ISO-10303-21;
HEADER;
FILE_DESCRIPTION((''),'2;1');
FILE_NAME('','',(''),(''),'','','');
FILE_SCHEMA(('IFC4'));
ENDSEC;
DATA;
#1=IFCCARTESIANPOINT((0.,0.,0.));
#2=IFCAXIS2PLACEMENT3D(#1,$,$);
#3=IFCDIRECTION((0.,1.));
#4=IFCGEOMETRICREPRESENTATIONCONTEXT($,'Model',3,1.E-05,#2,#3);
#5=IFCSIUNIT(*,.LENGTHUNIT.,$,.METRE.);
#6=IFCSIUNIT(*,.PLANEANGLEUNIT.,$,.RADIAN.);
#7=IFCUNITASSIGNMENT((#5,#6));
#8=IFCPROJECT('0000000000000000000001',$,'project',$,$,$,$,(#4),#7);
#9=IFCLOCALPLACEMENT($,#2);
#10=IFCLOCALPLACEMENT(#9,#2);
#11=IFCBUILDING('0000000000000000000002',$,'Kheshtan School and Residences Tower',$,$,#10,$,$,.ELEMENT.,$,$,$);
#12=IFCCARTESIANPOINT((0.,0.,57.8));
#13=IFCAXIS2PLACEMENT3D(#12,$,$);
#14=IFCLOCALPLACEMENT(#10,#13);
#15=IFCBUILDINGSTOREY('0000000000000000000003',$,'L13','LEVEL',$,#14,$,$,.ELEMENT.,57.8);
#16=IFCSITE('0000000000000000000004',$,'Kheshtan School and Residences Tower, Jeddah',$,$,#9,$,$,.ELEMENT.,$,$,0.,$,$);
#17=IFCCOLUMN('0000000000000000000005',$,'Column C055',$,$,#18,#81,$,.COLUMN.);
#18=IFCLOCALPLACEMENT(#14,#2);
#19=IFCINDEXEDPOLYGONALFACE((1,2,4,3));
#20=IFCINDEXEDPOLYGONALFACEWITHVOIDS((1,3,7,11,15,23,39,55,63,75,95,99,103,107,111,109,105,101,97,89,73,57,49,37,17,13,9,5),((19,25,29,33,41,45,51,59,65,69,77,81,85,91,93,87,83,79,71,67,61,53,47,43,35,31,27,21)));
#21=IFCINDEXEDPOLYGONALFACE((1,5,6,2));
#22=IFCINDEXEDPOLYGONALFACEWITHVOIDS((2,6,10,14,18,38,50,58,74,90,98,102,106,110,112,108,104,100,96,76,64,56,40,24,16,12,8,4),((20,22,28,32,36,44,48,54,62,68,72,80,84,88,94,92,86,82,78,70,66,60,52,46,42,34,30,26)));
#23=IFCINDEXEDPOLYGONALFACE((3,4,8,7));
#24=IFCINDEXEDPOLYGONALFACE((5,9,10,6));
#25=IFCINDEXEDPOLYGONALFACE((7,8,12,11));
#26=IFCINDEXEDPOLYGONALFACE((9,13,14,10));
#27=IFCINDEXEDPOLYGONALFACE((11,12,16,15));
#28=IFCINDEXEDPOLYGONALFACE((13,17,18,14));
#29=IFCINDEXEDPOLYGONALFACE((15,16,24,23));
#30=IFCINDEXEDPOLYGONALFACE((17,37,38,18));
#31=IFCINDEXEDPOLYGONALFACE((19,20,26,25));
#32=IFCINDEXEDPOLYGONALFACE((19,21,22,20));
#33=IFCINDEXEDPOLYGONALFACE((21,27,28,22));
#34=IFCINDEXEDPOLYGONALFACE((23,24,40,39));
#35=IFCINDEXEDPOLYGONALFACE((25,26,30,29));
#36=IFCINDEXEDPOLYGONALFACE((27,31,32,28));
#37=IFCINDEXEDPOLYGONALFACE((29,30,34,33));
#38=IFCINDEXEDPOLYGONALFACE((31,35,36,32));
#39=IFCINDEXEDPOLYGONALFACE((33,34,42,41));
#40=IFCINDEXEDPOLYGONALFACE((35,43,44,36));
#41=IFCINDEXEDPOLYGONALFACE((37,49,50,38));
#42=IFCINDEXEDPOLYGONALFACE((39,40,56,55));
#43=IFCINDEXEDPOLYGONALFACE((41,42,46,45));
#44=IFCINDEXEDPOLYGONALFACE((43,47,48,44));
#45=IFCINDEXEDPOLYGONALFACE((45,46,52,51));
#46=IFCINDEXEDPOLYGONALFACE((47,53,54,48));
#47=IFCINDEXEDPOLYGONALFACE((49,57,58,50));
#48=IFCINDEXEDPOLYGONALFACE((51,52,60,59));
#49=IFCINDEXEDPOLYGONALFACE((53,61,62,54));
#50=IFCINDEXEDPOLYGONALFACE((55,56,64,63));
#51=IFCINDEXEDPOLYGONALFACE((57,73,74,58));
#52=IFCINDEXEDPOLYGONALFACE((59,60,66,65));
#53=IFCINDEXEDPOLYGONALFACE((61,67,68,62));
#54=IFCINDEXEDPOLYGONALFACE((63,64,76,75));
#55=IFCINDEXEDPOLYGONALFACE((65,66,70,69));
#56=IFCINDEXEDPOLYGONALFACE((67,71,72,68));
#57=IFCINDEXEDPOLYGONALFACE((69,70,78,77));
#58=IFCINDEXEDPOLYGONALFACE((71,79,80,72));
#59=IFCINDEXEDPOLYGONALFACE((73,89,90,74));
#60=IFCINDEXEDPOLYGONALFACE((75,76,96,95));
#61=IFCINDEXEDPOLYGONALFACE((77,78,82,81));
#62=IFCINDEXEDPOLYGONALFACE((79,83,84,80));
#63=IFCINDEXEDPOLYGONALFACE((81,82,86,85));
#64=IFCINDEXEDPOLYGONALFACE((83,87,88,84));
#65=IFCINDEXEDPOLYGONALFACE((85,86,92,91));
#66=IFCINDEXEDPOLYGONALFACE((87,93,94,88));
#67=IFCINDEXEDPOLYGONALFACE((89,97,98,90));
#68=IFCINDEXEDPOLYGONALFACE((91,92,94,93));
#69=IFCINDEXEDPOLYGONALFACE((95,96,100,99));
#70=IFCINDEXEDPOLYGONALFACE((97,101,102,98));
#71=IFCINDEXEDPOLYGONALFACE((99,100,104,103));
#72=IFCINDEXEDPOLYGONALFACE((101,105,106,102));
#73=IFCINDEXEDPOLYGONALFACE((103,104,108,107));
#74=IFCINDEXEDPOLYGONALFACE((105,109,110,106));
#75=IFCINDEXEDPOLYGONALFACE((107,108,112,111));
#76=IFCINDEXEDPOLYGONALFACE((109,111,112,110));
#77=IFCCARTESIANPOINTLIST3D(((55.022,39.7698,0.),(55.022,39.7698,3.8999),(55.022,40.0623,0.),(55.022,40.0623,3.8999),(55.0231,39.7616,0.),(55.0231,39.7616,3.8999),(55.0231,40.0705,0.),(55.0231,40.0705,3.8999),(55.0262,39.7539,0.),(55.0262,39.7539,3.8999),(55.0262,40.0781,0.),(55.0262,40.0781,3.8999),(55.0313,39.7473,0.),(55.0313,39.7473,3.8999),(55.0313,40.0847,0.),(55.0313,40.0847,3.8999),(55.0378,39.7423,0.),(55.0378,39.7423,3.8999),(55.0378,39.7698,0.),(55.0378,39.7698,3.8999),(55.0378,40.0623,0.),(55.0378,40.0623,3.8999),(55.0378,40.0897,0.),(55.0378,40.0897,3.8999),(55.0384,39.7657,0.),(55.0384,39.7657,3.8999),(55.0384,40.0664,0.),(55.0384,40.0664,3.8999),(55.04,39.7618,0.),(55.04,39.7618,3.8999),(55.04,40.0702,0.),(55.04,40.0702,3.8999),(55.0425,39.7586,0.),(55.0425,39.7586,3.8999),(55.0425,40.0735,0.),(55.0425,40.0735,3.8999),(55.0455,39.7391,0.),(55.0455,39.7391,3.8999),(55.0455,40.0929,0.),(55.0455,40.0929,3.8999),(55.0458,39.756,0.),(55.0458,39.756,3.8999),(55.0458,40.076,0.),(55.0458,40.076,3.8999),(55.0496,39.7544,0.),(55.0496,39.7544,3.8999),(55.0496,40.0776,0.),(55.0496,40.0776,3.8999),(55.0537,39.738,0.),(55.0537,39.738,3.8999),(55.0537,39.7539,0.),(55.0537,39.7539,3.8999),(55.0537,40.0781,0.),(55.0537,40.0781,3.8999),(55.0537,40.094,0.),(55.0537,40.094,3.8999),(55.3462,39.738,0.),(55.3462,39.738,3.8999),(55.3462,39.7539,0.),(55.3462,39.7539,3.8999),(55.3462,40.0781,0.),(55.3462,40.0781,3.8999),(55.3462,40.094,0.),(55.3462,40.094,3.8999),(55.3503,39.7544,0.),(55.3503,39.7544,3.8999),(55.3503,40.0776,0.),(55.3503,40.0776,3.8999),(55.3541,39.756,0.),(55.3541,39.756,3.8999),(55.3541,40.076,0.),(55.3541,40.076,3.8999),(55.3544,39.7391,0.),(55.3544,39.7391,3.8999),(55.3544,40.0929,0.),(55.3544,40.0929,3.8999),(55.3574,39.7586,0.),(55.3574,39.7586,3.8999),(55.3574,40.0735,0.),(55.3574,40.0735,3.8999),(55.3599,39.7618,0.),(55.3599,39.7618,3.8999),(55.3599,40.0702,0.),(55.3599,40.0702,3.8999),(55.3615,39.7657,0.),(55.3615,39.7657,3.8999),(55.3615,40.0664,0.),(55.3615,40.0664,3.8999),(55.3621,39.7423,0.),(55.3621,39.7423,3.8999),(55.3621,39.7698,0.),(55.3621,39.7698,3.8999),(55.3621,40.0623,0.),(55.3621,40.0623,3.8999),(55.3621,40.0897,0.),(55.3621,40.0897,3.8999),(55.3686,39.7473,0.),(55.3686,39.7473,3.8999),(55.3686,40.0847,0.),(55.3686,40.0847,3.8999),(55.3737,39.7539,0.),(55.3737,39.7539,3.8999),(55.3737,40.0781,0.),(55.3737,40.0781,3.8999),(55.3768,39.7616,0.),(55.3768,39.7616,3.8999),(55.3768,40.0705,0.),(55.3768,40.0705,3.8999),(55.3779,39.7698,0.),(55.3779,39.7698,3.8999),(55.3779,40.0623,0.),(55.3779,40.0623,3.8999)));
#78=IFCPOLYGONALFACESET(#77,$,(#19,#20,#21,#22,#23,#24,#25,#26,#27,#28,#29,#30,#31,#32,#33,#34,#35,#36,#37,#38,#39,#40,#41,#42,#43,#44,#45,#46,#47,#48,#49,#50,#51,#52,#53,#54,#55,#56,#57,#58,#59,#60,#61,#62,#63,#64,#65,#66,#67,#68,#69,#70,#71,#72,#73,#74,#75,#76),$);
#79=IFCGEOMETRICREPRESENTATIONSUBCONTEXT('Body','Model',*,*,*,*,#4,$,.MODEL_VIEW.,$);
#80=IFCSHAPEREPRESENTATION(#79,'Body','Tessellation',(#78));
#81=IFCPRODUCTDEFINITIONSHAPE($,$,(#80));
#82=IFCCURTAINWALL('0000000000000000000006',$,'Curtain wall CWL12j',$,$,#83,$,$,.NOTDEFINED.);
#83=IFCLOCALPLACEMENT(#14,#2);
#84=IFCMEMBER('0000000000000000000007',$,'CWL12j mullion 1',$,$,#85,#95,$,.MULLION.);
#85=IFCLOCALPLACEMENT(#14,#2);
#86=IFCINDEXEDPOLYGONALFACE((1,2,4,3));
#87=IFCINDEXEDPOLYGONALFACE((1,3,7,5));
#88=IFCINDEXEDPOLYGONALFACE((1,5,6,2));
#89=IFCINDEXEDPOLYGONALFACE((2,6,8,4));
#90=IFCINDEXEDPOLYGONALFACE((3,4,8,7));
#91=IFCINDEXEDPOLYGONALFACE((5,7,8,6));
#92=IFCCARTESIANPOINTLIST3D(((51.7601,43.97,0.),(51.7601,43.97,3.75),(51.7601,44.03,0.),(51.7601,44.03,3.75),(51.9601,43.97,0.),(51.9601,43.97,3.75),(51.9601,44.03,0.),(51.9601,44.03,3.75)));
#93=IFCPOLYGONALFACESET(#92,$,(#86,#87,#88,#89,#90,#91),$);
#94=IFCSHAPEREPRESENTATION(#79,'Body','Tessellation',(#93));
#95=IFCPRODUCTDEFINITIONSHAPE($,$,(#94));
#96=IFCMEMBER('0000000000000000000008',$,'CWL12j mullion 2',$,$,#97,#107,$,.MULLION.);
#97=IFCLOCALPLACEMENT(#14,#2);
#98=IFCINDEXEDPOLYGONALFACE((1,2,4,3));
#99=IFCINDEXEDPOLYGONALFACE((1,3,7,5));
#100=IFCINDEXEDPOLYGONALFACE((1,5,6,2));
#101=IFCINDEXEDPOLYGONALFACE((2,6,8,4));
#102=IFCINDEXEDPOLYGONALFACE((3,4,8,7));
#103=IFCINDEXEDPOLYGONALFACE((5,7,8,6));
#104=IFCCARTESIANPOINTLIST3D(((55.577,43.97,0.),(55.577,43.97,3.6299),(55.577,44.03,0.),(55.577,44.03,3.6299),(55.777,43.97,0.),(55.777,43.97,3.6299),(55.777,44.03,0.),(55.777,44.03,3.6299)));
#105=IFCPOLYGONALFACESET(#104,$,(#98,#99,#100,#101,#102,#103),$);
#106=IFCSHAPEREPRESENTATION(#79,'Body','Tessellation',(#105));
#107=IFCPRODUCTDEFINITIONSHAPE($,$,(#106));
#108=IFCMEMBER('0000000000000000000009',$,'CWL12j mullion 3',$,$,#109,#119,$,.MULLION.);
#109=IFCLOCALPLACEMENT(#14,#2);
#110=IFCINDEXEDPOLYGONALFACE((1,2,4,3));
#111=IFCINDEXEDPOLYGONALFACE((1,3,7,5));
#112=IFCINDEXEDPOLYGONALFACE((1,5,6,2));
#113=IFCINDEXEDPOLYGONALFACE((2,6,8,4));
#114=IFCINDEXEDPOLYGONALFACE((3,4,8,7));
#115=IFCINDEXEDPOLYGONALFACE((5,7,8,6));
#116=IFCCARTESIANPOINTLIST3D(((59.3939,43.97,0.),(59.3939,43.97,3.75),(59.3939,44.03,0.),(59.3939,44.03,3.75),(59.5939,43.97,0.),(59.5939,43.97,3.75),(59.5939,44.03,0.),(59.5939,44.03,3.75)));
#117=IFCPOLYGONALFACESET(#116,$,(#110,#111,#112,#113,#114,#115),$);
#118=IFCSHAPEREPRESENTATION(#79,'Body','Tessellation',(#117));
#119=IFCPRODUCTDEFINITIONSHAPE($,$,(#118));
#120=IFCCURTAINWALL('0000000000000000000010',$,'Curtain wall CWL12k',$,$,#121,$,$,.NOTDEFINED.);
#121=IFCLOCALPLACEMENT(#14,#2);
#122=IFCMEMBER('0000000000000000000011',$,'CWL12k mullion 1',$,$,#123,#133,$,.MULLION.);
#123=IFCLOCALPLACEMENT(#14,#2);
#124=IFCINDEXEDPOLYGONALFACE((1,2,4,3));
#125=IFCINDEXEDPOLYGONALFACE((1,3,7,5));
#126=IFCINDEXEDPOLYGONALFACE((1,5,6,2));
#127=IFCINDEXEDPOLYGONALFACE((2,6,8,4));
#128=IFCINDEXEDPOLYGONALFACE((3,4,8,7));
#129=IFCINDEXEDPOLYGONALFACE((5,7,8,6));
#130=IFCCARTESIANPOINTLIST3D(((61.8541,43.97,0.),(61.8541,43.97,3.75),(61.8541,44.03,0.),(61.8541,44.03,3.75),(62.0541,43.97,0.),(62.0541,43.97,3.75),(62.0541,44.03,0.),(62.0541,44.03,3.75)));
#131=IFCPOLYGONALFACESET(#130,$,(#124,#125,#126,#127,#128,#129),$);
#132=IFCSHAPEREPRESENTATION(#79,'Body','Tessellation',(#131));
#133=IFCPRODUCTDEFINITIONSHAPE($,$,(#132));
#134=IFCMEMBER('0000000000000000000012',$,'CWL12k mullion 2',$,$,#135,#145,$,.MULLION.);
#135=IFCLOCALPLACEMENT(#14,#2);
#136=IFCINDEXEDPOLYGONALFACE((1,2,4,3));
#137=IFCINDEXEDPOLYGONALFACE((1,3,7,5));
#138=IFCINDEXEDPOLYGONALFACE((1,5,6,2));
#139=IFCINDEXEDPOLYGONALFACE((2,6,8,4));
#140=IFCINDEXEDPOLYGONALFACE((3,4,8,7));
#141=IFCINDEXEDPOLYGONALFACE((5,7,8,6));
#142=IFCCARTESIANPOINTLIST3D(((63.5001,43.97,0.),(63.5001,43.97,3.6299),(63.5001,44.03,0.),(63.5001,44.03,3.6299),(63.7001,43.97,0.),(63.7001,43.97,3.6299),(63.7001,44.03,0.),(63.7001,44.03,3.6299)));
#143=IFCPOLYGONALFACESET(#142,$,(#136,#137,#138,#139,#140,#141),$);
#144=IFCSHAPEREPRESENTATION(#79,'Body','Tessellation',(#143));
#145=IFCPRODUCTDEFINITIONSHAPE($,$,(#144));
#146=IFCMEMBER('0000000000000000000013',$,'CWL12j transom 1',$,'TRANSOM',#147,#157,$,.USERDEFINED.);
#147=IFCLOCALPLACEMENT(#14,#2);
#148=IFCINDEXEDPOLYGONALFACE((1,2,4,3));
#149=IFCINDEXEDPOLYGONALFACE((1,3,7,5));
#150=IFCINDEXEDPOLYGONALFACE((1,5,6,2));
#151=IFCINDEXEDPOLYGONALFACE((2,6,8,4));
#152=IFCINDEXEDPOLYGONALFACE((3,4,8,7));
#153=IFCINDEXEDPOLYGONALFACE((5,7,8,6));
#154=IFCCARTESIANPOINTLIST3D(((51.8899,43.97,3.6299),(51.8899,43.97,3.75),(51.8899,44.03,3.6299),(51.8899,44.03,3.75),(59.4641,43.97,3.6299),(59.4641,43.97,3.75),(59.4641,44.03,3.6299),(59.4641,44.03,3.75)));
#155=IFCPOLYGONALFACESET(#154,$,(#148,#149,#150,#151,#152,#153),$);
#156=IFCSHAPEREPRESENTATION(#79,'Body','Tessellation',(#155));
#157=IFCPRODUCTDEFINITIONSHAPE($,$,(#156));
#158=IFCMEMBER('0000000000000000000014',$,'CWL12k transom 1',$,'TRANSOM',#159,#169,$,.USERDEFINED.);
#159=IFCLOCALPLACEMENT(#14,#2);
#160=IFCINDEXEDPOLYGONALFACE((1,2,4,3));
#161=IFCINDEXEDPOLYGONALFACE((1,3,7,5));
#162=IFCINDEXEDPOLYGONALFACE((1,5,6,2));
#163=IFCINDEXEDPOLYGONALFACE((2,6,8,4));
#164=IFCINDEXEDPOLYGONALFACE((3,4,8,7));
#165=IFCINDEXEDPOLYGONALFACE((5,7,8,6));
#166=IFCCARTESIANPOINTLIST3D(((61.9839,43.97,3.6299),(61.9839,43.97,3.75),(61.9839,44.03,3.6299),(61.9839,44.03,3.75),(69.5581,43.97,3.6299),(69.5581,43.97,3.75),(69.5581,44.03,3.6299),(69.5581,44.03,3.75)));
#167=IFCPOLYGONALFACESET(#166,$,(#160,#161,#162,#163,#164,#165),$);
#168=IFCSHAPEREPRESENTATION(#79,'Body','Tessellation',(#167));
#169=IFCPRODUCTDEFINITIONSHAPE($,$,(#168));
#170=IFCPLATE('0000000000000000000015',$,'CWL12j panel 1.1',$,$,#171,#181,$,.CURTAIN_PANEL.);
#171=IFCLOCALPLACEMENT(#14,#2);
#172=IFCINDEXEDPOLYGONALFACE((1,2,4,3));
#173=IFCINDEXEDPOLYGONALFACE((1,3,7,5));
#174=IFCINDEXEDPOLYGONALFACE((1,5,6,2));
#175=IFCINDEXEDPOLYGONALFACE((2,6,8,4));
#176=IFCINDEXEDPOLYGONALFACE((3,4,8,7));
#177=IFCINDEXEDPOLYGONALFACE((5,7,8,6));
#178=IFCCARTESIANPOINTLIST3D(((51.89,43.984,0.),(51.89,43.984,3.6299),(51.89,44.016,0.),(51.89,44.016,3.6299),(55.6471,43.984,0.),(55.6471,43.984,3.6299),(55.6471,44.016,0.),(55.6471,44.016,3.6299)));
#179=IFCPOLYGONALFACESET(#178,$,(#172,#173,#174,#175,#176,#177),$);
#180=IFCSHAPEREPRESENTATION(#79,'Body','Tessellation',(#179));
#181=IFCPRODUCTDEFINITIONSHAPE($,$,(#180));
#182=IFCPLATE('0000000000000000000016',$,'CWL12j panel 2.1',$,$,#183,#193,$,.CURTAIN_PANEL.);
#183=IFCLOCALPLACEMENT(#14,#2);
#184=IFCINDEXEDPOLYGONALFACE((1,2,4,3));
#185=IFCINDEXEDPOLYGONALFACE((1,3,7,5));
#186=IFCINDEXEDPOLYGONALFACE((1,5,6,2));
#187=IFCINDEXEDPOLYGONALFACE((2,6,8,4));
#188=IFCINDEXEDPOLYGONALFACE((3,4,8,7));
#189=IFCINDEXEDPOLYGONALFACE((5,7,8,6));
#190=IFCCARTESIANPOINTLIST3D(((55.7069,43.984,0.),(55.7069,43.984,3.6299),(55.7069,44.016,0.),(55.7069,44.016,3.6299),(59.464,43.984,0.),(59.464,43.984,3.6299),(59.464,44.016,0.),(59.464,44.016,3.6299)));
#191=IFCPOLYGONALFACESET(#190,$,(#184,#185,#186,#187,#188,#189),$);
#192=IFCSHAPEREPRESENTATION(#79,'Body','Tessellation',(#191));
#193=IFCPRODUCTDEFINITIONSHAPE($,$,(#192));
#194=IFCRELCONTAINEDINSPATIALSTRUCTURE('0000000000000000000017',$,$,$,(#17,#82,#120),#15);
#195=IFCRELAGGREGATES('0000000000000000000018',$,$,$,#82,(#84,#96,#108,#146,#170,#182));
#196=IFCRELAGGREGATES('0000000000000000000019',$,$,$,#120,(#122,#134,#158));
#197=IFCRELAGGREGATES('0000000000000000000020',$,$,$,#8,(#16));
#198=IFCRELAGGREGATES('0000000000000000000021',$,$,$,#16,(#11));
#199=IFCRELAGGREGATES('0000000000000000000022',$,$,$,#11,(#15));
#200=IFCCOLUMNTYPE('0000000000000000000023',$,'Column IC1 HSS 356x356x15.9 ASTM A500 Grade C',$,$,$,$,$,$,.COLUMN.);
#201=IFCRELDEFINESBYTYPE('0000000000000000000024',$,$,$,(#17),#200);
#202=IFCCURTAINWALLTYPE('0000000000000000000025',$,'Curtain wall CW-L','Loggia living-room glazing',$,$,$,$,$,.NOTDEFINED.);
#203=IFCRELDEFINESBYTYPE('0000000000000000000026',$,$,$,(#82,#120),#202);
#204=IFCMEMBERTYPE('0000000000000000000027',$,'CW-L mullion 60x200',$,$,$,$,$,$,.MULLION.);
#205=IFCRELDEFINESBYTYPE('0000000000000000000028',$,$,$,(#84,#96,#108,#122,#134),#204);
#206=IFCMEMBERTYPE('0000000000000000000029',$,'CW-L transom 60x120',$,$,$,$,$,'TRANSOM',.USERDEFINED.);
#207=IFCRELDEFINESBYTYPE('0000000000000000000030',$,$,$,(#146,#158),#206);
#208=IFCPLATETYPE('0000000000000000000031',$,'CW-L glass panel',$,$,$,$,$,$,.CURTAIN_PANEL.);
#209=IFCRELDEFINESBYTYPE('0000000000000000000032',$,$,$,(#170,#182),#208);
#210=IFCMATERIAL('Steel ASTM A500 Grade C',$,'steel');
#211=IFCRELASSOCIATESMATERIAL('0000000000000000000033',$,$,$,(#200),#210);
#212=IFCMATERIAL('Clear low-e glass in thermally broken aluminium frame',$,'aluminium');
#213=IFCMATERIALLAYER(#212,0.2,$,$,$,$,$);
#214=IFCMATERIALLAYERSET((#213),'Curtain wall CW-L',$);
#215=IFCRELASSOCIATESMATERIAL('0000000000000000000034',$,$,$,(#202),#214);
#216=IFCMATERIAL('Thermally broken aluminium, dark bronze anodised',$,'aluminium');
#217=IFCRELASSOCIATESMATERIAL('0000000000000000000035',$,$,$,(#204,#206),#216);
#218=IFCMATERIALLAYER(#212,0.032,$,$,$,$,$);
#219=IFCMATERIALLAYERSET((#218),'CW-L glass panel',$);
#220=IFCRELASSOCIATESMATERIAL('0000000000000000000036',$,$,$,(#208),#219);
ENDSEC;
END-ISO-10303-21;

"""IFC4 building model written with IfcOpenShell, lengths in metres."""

from ifc_helpers import new_model, si_unit, direction, frame, origin, origin_2d, place, context, subcontext, project, spatial, rectangle, hollow_rectangle, extrude, material, layer, layer_set, material_profile, profile_set, type_object, element, aggregate, save


model = new_model("IFC4")

# Units and contexts
model_context = context("Model", 3, precision=1e-05, world=origin(), true_north=direction((0.0, 1.0)))
body_context = subcontext(model_context, "Body", "Model", "MODEL_VIEW")
ifc_project = project(units=[si_unit("LENGTHUNIT", "METRE"), si_unit("PLANEANGLEUNIT", "RADIAN")], contexts=[model_context])

# Site, building, storey
site_placement = place(None, origin())
site = spatial("IfcSite", under=ifc_project, at=site_placement, Name="Kheshtan School and Residences Tower, Jeddah", CompositionType="ELEMENT", RefElevation=0.0)
building_placement = place(site_placement, origin())
building = spatial("IfcBuilding", under=site, at=building_placement, Name="Kheshtan School and Residences Tower", CompositionType="ELEMENT")
storey_placement = place(building_placement, frame((0.0, 0.0, 57.8)))
storey = spatial("IfcBuildingStorey", under=building, at=storey_placement, Name="L13", Description="LEVEL", CompositionType="ELEMENT", Elevation=57.8)

# Column
ifc_material_1 = material(Name="Steel ASTM A500 Grade C", Category="steel")
ifc_material_profile_1 = material_profile(ifc_material_1, hollow_rectangle(XDim=0.356, YDim=0.356, WallThickness=0.0159, InnerFilletRadius=0.0159, OuterFilletRadius=0.0317, at=origin_2d()), Name="HSS 356x356x15.9")
ifc_profile_set_1 = profile_set([ifc_material_profile_1], Name="Steel ASTM A500 Grade C")
column_type = type_object("IfcColumnType", Name="Column IC1 HSS 356x356x15.9 ASTM A500 Grade C", PredefinedType="COLUMN", material=ifc_profile_set_1)
column_placement = place(storey_placement, frame((55.2, 39.916, 0.0), z_axis=(0.0, 0.0, 1.0), x_axis=(1.0, 0.0, 0.0)))
element("IfcColumn", 1, at=column_placement, inside=storey, type_object=column_type, Name="Column C055", PredefinedType="COLUMN", context=body_context, shape_type="SweptSolid", body=[
    extrude(hollow_rectangle(XDim=0.356, YDim=0.356, WallThickness=0.0159, InnerFilletRadius=0.0159, OuterFilletRadius=0.0317, at=origin_2d()), origin(), (0.0, 0.0, 1.0), 3.8999),
])

# Curtain walls, members
ifc_material_2 = material(Name="Clear low-e glass in thermally broken aluminium frame", Category="aluminium")
ifc_layer_1 = layer(ifc_material_2, 0.2)
ifc_layer_set_1 = layer_set([ifc_layer_1], Name="Curtain wall CW-L")
curtain_wall_type = type_object("IfcCurtainWallType", Name="Curtain wall CW-L", Description="Loggia living-room glazing", PredefinedType="NOTDEFINED", material=ifc_layer_set_1)
curtain_wall_1_placement = place(storey_placement, origin())
curtain_wall_1 = element("IfcCurtainWall", 2, at=curtain_wall_1_placement, inside=storey, type_object=curtain_wall_type, Name="Curtain wall CWL12j", PredefinedType="NOTDEFINED")
ifc_material_3 = material(Name="Thermally broken aluminium, dark bronze anodised", Category="aluminium")
ifc_material_profile_2 = material_profile(ifc_material_3, rectangle(XDim=0.0601, YDim=0.2, at=origin_2d()), Name="CW-L mullion 60x200")
ifc_profile_set_2 = profile_set([ifc_material_profile_2], Name="Thermally broken aluminium, dark bronze anodised")
member_type_1 = type_object("IfcMemberType", Name="CW-L mullion 60x200", PredefinedType="MULLION", material=ifc_profile_set_2)
member_1_placement = place(storey_placement, frame((51.8601, 44.0, 0.0), z_axis=(0.0, 0.0, 1.0), x_axis=(0.0, 1.0, 0.0)))
member_1 = element("IfcMember", 3, at=member_1_placement, type_object=member_type_1, Name="CWL12j mullion 1", PredefinedType="MULLION", context=body_context, shape_type="SweptSolid", body=[
    extrude(rectangle(XDim=0.0601, YDim=0.2, at=origin_2d()), origin(), (0.0, 0.0, 1.0), 3.75),
])
member_2_placement = place(storey_placement, frame((55.677, 44.0, 0.0), z_axis=(0.0, 0.0, 1.0), x_axis=(0.0, 1.0, 0.0)))
member_2 = element("IfcMember", 4, at=member_2_placement, type_object=member_type_1, Name="CWL12j mullion 2", PredefinedType="MULLION", context=body_context, shape_type="SweptSolid", body=[
    extrude(rectangle(XDim=0.0601, YDim=0.2, at=origin_2d()), origin(), (0.0, 0.0, 1.0), 3.6299),
])
member_3_placement = place(storey_placement, frame((59.4939, 44.0, 0.0), z_axis=(0.0, 0.0, 1.0), x_axis=(0.0, 1.0, 0.0)))
member_3 = element("IfcMember", 5, at=member_3_placement, type_object=member_type_1, Name="CWL12j mullion 3", PredefinedType="MULLION", context=body_context, shape_type="SweptSolid", body=[
    extrude(rectangle(XDim=0.0601, YDim=0.2, at=origin_2d()), origin(), (0.0, 0.0, 1.0), 3.75),
])
curtain_wall_2_placement = place(storey_placement, origin())
curtain_wall_2 = element("IfcCurtainWall", 6, at=curtain_wall_2_placement, inside=storey, type_object=curtain_wall_type, Name="Curtain wall CWL12k", PredefinedType="NOTDEFINED")
member_4_placement = place(storey_placement, frame((61.9541, 44.0, 0.0), z_axis=(0.0, 0.0, 1.0), x_axis=(0.0, 1.0, 0.0)))
member_4 = element("IfcMember", 7, at=member_4_placement, type_object=member_type_1, Name="CWL12k mullion 1", PredefinedType="MULLION", context=body_context, shape_type="SweptSolid", body=[
    extrude(rectangle(XDim=0.0601, YDim=0.2, at=origin_2d()), origin(), (0.0, 0.0, 1.0), 3.75),
])
member_5_placement = place(storey_placement, frame((63.6001, 44.0, 0.0), z_axis=(0.0, 0.0, 1.0), x_axis=(0.0, 1.0, 0.0)))
member_5 = element("IfcMember", 8, at=member_5_placement, type_object=member_type_1, Name="CWL12k mullion 2", PredefinedType="MULLION", context=body_context, shape_type="SweptSolid", body=[
    extrude(rectangle(XDim=0.0601, YDim=0.2, at=origin_2d()), origin(), (0.0, 0.0, 1.0), 3.6299),
])

# Members
ifc_material_profile_3 = material_profile(ifc_material_3, rectangle(XDim=0.0601, YDim=0.1201, at=origin_2d()), Name="CW-L transom 60x120")
ifc_profile_set_3 = profile_set([ifc_material_profile_3], Name="Thermally broken aluminium, dark bronze anodised")
member_type_2 = type_object("IfcMemberType", Name="CW-L transom 60x120", ElementType="TRANSOM", PredefinedType="USERDEFINED", material=ifc_profile_set_3)
member_6_placement = place(storey_placement, frame((51.8899, 44.0, 3.6899), z_axis=(1.0, 0.0, 0.0), x_axis=(0.0, 1.0, 0.0)))
member_6 = element("IfcMember", 9, at=member_6_placement, type_object=member_type_2, Name="CWL12j transom 1", ObjectType="TRANSOM", PredefinedType="USERDEFINED", context=body_context, shape_type="SweptSolid", body=[
    extrude(rectangle(XDim=0.0601, YDim=0.1201, at=origin_2d()), origin(), (0.0, 0.0, 1.0), 7.5742),
])
member_7_placement = place(storey_placement, frame((61.9839, 44.0, 3.6899), z_axis=(1.0, 0.0, 0.0), x_axis=(0.0, 1.0, 0.0)))
member_7 = element("IfcMember", 10, at=member_7_placement, type_object=member_type_2, Name="CWL12k transom 1", ObjectType="TRANSOM", PredefinedType="USERDEFINED", context=body_context, shape_type="SweptSolid", body=[
    extrude(rectangle(XDim=0.0601, YDim=0.1201, at=origin_2d()), origin(), (0.0, 0.0, 1.0), 7.5742),
])

# Plates
ifc_layer_2 = layer(ifc_material_2, 0.032)
ifc_layer_set_2 = layer_set([ifc_layer_2], Name="CW-L glass panel")
plate_type = type_object("IfcPlateType", Name="CW-L glass panel", PredefinedType="CURTAIN_PANEL", material=ifc_layer_set_2)
plate_1_placement = place(storey_placement, frame((53.7686, 44.0, 0.0), z_axis=(0.0, 0.0, 1.0), x_axis=(1.0, 0.0, 0.0)))
plate_1 = element("IfcPlate", 11, at=plate_1_placement, type_object=plate_type, Name="CWL12j panel 1.1", PredefinedType="CURTAIN_PANEL", context=body_context, shape_type="SweptSolid", body=[
    extrude(rectangle(XDim=3.7571, YDim=0.032, at=origin_2d()), origin(), (0.0, 0.0, 1.0), 3.6299),
])
plate_2_placement = place(storey_placement, frame((57.5854, 44.0, 0.0), z_axis=(0.0, 0.0, 1.0), x_axis=(1.0, 0.0, 0.0)))
plate_2 = element("IfcPlate", 12, at=plate_2_placement, type_object=plate_type, Name="CWL12j panel 2.1", PredefinedType="CURTAIN_PANEL", context=body_context, shape_type="SweptSolid", body=[
    extrude(rectangle(XDim=3.7571, YDim=0.032, at=origin_2d()), origin(), (0.0, 0.0, 1.0), 3.6299),
])
aggregate(curtain_wall_1, [member_1, member_2, member_3, member_6, plate_1, plate_2])
aggregate(curtain_wall_2, [member_4, member_5, member_7])

save(model, "model.ifc")
